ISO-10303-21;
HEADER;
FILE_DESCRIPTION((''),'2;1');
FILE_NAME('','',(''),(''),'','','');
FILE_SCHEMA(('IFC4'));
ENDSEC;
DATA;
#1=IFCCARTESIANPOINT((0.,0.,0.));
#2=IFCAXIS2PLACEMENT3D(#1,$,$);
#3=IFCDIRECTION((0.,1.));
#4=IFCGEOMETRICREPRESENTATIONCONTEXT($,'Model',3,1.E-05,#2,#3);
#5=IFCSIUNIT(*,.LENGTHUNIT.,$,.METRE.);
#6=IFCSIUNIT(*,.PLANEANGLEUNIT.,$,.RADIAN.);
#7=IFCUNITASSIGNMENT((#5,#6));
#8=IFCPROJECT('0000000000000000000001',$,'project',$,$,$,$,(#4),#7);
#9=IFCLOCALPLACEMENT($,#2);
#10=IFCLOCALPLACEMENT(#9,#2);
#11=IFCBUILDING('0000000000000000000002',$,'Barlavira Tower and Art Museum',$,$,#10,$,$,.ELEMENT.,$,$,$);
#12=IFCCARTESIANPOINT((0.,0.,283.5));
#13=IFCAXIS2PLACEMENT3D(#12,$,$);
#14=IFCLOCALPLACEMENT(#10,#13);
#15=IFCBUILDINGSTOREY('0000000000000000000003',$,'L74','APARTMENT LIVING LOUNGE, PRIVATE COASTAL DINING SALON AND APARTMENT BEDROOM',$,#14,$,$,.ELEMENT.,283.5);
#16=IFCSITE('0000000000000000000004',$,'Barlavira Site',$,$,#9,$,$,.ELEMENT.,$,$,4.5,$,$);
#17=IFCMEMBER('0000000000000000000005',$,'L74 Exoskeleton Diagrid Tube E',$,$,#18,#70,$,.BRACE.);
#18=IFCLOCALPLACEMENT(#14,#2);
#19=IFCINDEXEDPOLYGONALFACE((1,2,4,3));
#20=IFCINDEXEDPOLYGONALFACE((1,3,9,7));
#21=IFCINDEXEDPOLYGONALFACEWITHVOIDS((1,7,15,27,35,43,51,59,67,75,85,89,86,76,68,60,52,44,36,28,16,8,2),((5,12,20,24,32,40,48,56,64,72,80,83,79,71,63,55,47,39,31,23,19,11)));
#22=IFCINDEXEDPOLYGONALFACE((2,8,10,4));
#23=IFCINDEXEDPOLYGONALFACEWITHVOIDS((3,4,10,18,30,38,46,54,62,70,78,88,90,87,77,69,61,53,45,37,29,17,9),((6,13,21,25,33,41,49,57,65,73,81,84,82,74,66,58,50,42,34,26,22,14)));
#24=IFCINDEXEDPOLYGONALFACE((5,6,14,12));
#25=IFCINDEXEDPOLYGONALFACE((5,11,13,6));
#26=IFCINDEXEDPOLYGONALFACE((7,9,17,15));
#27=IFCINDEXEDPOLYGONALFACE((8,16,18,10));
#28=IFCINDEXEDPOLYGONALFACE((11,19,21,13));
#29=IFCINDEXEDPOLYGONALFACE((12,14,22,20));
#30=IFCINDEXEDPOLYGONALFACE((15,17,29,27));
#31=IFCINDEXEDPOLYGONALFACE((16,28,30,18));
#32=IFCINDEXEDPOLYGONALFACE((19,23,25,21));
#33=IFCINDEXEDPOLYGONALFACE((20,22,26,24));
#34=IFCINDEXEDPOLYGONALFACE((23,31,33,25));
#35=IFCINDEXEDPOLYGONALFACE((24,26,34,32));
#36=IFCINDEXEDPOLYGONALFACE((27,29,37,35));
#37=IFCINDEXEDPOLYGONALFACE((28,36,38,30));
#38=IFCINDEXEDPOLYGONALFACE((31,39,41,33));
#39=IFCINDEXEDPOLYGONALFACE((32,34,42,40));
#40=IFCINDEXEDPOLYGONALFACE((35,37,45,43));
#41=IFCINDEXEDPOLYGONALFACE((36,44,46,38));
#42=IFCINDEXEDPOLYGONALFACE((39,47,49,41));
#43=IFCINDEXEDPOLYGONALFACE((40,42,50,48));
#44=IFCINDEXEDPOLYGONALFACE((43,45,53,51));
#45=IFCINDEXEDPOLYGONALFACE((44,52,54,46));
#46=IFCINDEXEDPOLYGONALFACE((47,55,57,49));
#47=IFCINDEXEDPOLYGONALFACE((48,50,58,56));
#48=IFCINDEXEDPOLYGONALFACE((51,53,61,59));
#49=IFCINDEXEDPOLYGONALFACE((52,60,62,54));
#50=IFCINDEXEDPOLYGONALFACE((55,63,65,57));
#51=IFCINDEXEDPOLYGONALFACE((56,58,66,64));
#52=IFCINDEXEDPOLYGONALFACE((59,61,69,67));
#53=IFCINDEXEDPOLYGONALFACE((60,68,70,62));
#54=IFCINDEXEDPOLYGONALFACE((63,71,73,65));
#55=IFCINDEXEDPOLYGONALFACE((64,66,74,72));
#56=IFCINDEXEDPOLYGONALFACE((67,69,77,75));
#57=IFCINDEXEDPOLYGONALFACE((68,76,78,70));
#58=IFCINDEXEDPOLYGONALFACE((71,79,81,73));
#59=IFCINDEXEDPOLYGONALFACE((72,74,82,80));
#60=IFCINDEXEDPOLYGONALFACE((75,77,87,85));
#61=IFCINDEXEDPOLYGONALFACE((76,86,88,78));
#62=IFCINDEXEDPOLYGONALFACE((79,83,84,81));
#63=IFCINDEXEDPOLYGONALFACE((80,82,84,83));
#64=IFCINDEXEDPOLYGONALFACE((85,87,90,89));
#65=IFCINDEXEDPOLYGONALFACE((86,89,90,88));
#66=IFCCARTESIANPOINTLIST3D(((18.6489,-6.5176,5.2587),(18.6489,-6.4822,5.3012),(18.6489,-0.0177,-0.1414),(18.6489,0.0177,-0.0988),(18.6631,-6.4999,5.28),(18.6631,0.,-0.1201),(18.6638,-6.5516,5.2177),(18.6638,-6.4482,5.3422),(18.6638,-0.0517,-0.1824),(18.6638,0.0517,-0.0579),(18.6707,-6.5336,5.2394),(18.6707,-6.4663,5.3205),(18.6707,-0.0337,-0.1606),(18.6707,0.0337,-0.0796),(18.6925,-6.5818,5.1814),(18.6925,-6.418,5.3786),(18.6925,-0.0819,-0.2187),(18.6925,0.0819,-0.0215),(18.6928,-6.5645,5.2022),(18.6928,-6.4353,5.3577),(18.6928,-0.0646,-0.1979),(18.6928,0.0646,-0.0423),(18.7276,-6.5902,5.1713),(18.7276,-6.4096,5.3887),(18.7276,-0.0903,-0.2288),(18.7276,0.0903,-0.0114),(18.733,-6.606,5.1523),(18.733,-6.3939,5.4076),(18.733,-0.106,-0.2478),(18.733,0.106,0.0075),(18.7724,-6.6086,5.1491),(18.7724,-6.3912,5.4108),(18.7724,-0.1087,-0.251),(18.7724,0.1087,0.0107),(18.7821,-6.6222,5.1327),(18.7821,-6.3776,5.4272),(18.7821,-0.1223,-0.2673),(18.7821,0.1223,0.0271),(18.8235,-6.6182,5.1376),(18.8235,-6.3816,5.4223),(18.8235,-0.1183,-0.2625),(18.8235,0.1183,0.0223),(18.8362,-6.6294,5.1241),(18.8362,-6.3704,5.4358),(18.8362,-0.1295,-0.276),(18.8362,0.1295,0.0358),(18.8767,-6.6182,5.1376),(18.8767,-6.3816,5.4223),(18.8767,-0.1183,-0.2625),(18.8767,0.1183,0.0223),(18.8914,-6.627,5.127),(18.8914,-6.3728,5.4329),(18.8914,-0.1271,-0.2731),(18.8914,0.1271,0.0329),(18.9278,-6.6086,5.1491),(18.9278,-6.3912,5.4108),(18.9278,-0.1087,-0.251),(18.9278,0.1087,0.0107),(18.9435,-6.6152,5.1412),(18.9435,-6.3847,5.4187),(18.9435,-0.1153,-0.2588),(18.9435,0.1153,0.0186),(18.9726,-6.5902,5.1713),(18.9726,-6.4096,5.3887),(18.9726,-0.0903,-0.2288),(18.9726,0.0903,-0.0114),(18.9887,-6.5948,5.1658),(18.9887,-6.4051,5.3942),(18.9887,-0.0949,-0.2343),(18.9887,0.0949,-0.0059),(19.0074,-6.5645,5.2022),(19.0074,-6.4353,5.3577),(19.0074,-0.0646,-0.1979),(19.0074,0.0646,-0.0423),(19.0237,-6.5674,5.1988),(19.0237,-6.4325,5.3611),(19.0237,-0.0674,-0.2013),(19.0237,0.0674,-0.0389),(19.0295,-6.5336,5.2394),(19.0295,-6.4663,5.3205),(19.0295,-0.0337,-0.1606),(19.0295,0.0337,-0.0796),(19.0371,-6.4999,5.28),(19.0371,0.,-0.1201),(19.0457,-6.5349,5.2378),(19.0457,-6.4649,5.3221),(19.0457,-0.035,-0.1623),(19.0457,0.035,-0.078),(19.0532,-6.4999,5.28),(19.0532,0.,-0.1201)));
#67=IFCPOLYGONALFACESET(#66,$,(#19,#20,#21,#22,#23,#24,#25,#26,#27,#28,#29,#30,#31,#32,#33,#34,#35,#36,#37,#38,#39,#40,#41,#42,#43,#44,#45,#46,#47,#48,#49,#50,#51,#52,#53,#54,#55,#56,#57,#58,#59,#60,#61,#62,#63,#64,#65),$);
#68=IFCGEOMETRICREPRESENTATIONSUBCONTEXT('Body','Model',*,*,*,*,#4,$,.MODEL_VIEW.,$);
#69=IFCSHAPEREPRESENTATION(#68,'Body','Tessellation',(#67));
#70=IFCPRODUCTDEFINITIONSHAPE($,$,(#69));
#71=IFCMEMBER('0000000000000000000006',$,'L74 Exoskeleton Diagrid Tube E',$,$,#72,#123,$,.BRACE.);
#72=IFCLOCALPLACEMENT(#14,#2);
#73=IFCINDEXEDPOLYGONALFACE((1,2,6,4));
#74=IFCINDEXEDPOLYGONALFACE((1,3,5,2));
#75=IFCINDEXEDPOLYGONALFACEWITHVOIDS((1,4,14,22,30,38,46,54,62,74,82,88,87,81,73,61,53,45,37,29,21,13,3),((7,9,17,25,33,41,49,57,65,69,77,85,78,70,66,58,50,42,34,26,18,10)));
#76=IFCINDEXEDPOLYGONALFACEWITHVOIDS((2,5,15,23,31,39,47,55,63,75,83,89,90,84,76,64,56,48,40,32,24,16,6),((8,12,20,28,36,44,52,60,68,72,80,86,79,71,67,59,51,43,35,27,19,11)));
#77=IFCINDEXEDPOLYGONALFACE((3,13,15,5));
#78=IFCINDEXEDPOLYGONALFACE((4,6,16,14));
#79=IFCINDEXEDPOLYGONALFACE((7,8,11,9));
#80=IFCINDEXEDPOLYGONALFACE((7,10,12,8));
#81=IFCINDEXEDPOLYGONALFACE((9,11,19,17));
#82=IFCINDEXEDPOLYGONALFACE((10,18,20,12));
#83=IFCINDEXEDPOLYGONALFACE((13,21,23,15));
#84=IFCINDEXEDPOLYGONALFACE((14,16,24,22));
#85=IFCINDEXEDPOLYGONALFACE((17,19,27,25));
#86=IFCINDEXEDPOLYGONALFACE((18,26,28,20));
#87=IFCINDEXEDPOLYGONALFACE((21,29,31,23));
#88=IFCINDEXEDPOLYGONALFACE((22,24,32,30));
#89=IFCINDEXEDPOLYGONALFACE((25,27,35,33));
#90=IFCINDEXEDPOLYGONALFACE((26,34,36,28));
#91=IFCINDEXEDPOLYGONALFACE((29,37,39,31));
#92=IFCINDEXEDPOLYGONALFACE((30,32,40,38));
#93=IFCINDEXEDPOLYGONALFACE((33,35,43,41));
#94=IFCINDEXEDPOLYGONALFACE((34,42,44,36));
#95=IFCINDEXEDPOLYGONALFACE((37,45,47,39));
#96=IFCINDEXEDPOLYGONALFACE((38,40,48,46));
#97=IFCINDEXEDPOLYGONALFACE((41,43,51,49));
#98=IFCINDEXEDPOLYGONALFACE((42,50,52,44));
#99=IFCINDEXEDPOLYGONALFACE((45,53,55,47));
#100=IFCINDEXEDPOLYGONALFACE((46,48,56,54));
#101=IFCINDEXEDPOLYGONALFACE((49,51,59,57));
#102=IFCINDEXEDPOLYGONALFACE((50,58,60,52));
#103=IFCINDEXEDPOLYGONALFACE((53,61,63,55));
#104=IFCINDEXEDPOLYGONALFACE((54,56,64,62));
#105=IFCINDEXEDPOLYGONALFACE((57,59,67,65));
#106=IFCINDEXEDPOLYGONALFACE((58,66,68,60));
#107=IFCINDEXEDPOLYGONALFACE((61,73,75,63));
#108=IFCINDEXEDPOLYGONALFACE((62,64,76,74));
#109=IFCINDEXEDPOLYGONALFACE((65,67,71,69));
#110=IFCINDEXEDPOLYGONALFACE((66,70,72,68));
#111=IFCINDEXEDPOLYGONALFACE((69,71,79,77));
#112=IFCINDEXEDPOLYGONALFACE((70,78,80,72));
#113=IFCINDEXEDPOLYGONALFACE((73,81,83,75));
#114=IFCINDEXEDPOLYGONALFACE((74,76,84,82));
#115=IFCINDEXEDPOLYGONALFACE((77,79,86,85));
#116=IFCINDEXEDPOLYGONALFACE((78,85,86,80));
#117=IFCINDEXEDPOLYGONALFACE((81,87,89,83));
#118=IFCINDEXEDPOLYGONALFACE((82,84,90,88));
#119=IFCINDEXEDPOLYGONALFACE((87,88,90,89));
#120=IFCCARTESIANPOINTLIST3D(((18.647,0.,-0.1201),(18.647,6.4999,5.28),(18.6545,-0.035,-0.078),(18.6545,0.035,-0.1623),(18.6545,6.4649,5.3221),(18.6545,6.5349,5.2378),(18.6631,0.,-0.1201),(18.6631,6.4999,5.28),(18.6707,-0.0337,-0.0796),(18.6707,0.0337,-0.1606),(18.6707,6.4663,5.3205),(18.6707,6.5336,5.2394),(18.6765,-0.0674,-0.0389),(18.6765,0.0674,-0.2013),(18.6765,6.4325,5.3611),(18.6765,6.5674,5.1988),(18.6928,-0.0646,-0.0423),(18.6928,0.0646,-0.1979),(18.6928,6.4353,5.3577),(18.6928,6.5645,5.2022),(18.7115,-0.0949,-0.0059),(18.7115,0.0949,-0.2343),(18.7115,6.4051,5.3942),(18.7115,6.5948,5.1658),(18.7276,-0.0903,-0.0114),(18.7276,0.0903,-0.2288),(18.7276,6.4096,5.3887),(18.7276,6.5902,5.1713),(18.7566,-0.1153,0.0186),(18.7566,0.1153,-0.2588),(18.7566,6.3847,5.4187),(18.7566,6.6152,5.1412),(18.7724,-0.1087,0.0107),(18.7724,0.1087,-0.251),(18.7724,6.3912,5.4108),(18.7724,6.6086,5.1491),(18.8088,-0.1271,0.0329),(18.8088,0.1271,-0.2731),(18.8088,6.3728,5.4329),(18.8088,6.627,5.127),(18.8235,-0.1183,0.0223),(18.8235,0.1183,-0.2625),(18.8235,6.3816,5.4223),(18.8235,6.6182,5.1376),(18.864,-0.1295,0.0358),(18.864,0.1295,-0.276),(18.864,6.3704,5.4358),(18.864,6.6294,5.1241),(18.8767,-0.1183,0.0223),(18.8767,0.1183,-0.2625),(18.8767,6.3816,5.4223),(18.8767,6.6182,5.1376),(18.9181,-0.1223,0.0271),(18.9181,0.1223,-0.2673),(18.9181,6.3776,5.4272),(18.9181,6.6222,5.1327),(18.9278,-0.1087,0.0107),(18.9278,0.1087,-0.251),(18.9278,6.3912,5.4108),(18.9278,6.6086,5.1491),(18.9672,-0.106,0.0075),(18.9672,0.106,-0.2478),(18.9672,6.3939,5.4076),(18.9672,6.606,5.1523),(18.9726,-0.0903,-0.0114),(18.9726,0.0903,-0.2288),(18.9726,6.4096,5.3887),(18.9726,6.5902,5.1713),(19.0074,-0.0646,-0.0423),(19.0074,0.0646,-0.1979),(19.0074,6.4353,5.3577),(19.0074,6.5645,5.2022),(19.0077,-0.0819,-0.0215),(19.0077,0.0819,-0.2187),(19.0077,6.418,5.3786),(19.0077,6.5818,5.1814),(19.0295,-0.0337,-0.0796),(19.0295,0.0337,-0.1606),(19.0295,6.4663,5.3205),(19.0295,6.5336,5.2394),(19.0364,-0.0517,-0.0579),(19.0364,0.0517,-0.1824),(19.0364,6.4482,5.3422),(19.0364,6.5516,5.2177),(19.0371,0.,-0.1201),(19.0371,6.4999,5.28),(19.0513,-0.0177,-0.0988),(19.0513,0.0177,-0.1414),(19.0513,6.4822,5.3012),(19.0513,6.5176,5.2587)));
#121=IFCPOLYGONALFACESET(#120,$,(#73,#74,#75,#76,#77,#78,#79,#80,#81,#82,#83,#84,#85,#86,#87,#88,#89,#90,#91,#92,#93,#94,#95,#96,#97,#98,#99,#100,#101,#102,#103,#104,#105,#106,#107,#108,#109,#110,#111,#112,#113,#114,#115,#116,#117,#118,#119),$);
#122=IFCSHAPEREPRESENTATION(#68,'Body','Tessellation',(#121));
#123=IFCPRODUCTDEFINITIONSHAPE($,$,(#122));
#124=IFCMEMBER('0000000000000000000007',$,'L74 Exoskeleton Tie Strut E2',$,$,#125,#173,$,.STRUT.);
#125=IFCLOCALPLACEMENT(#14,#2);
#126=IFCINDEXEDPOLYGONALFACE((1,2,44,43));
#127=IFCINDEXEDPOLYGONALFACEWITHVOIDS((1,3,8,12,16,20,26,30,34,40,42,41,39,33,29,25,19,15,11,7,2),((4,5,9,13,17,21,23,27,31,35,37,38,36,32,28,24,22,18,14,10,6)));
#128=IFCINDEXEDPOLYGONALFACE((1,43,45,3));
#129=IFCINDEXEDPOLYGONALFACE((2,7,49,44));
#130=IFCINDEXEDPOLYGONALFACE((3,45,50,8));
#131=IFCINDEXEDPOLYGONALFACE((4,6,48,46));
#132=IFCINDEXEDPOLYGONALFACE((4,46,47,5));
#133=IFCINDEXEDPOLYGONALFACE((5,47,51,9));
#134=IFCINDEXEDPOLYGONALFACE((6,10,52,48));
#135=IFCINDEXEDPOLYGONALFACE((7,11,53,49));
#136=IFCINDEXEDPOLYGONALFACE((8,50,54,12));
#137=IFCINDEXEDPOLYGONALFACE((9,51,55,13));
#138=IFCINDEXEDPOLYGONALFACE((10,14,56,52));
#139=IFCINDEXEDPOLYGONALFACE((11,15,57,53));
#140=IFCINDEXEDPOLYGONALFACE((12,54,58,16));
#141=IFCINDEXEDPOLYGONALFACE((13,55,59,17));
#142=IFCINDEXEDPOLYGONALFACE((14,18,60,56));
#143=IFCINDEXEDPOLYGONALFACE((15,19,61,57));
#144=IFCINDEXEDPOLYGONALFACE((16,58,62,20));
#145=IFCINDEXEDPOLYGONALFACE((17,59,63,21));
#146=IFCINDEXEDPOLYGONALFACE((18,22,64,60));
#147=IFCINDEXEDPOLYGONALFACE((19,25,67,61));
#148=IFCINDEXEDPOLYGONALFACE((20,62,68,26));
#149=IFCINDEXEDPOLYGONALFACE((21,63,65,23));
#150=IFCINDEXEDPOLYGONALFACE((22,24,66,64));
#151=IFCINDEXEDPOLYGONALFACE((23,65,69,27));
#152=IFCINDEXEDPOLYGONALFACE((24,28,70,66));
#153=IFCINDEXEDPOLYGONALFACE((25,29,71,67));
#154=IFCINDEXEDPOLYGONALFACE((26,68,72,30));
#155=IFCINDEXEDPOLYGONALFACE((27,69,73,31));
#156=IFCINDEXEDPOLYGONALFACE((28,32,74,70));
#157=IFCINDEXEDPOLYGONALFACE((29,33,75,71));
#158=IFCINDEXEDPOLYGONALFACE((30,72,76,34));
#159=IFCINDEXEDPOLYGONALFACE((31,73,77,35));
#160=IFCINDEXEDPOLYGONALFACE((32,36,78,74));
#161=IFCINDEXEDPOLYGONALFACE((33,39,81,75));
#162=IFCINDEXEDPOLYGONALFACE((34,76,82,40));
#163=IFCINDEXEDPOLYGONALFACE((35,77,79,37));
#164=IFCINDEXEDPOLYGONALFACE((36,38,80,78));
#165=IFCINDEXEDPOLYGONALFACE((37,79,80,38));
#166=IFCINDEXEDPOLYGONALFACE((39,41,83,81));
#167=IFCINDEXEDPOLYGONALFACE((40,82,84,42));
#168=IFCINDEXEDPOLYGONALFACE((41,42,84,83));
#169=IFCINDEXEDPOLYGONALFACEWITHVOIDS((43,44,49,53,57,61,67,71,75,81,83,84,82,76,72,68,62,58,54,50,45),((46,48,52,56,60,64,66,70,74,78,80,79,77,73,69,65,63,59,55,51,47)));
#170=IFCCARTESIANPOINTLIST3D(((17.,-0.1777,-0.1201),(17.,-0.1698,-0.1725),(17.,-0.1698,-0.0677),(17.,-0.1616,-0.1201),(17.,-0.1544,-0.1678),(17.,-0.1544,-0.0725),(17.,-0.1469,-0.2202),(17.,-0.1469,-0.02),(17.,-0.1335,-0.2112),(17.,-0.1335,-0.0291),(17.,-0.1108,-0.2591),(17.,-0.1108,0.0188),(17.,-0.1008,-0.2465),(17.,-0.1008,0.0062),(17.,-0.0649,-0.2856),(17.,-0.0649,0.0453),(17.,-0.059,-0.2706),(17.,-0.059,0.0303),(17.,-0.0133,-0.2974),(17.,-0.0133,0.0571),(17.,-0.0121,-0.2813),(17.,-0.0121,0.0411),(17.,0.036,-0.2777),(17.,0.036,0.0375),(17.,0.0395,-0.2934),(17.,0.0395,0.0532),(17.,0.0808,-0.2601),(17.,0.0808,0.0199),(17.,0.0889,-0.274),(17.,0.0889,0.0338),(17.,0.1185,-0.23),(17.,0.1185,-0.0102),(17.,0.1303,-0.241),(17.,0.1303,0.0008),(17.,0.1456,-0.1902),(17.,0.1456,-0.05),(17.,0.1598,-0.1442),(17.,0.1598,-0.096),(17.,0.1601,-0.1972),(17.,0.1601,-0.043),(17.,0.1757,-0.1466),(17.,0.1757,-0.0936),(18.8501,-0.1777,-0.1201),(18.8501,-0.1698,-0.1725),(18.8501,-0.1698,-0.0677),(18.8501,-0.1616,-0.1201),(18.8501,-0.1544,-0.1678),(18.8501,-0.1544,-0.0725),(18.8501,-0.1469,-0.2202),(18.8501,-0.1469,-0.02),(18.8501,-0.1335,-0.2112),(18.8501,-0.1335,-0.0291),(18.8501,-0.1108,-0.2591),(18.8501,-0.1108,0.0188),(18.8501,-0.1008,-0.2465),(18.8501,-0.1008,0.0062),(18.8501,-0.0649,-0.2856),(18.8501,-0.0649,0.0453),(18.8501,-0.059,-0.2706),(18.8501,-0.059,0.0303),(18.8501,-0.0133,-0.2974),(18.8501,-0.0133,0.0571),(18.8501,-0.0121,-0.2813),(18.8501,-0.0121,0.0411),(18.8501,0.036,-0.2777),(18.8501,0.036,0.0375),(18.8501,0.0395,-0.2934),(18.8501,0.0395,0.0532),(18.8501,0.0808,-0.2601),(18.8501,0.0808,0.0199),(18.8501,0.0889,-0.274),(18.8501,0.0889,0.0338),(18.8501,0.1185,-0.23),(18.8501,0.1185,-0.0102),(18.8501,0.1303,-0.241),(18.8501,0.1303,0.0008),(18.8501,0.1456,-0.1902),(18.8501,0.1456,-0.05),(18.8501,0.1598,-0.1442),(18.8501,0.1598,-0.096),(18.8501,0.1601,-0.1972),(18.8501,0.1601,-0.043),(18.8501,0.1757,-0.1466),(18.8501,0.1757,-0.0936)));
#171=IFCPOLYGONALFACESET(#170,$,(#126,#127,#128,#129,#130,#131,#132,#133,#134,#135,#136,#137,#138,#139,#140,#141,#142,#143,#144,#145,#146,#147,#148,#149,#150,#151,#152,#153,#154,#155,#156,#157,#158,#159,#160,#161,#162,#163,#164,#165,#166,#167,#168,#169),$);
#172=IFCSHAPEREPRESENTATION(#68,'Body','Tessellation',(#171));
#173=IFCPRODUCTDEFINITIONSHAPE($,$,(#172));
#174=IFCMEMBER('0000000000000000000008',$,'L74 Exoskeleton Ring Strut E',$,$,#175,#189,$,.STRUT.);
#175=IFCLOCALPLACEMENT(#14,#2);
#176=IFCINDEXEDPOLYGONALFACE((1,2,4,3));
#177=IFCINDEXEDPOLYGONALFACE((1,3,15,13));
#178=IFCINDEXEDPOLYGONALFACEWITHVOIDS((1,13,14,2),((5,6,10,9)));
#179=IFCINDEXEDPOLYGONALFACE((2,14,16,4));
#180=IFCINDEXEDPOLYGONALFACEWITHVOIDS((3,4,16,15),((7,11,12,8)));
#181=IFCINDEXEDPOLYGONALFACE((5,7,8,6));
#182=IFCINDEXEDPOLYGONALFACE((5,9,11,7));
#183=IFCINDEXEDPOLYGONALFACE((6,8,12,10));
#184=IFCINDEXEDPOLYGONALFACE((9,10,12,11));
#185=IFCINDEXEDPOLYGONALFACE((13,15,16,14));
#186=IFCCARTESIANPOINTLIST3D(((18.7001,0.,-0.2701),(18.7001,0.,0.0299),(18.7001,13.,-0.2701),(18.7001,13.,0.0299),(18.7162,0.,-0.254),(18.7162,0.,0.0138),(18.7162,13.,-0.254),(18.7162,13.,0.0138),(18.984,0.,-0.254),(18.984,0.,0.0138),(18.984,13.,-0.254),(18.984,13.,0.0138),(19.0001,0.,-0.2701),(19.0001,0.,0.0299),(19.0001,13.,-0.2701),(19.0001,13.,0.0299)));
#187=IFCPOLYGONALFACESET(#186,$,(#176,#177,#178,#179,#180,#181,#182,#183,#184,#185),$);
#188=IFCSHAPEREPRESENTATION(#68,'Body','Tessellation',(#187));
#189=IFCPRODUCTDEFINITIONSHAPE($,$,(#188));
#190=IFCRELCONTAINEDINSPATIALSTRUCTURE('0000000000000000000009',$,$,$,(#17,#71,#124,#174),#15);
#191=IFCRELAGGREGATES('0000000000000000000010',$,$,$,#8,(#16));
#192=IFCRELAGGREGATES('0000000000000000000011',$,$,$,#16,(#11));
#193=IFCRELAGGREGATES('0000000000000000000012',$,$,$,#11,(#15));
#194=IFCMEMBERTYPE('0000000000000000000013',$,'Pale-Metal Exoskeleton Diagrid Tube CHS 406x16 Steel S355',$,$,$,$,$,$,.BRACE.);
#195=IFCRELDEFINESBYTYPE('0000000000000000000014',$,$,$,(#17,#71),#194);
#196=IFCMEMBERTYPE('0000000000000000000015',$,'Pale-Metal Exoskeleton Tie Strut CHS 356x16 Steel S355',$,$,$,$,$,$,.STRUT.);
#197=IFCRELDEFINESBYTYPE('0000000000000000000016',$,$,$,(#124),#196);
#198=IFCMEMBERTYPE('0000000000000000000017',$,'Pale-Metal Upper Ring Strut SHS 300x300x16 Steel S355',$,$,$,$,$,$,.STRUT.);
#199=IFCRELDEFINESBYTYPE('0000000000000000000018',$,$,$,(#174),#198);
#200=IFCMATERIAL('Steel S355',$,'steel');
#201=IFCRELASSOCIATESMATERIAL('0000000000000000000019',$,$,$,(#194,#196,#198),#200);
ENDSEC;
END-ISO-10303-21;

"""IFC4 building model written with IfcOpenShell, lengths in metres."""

from ifc_helpers import new_model, si_unit, direction, frame, origin, origin_2d, place, context, subcontext, project, spatial, hollow_rectangle, hollow_circle, extrude, material, material_profile, profile_set, type_object, element, save


model = new_model("IFC4")

# Units and contexts
model_context = context("Model", 3, precision=1e-05, world=origin(), true_north=direction((0.0, 1.0)))
body_context = subcontext(model_context, "Body", "Model", "MODEL_VIEW")
ifc_project = project(units=[si_unit("LENGTHUNIT", "METRE"), si_unit("PLANEANGLEUNIT", "RADIAN")], contexts=[model_context])

# Site, building, storey
site_placement = place(None, origin())
site = spatial("IfcSite", under=ifc_project, at=site_placement, Name="Barlavira Site", CompositionType="ELEMENT", RefElevation=4.5)
building_placement = place(site_placement, origin())
building = spatial("IfcBuilding", under=site, at=building_placement, Name="Barlavira Tower and Art Museum", CompositionType="ELEMENT")
storey_placement = place(building_placement, frame((0.0, 0.0, 283.5)))
storey = spatial("IfcBuildingStorey", under=building, at=storey_placement, Name="L74", Description="APARTMENT LIVING LOUNGE, PRIVATE COASTAL DINING SALON AND APARTMENT BEDROOM", CompositionType="ELEMENT", Elevation=283.5)

# Members
ifc_material_1 = material(Name="Steel S355", Category="steel")
ifc_material_profile_1 = material_profile(ifc_material_1, hollow_circle(Radius=0.2031, WallThickness=0.0161, at=origin_2d()), Name="CHS 406.4x16.0")
ifc_profile_set_1 = profile_set([ifc_material_profile_1], Name="Steel S355")
member_type_1 = type_object("IfcMemberType", Name="Pale-Metal Exoskeleton Diagrid Tube CHS 406x16 Steel S355", PredefinedType="BRACE", material=ifc_profile_set_1)
for number, where, z_axis, x_axis, name in (
    (1, (18.8501, 0.0, -0.1201), (0.0, -0.769182, 0.63903), (1.0, 0.0, 0.0), "L74 Exoskeleton Diagrid Tube E"),
    (2, (18.8501, 0.0, -0.1201), (0.0, 0.769182, 0.63903), (-1.0, 0.0, 0.0), "L74 Exoskeleton Diagrid Tube E"),
):
    element("IfcMember", number, at=place(storey_placement, frame(where, z_axis=z_axis, x_axis=x_axis)), inside=storey, type_object=member_type_1, Name=name, PredefinedType="BRACE", context=body_context, shape_type="SweptSolid", body=[
        extrude(hollow_circle(Radius=0.2031, WallThickness=0.0161, at=origin_2d()), origin(), (0.0, 0.0, 1.0), 8.4504),
    ])
ifc_material_profile_2 = material_profile(ifc_material_1, hollow_circle(Radius=0.1777, WallThickness=0.0161, at=origin_2d()), Name="CHS 355.6x16.0")
ifc_profile_set_2 = profile_set([ifc_material_profile_2], Name="Steel S355")
member_type_2 = type_object("IfcMemberType", Name="Pale-Metal Exoskeleton Tie Strut CHS 356x16 Steel S355", PredefinedType="STRUT", material=ifc_profile_set_2)
member_1_placement = place(storey_placement, frame((18.8501, 0.0, -0.1201), z_axis=(-1.0, 0.0, 0.0), x_axis=(0.0, -1.0, 0.0)))
element("IfcMember", 3, at=member_1_placement, inside=storey, type_object=member_type_2, Name="L74 Exoskeleton Tie Strut E2", PredefinedType="STRUT", context=body_context, shape_type="SweptSolid", body=[
    extrude(hollow_circle(Radius=0.1777, WallThickness=0.0161, at=origin_2d()), origin(), (0.0, 0.0, 1.0), 1.8501),
])
ifc_material_profile_3 = material_profile(ifc_material_1, hollow_rectangle(XDim=0.3, YDim=0.3, WallThickness=0.0161, at=origin_2d()), Name="SHS 300x300x16.0")
ifc_profile_set_3 = profile_set([ifc_material_profile_3], Name="Steel S355")
member_type_3 = type_object("IfcMemberType", Name="Pale-Metal Upper Ring Strut SHS 300x300x16 Steel S355", PredefinedType="STRUT", material=ifc_profile_set_3)
member_2_placement = place(storey_placement, frame((18.8501, 0.0, -0.1201), z_axis=(0.0, 1.0, 0.0), x_axis=(-1.0, 0.0, 0.0)))
element("IfcMember", 4, at=member_2_placement, inside=storey, type_object=member_type_3, Name="L74 Exoskeleton Ring Strut E", PredefinedType="STRUT", context=body_context, shape_type="SweptSolid", body=[
    extrude(hollow_rectangle(XDim=0.3, YDim=0.3, WallThickness=0.0161, at=origin_2d()), origin(), (0.0, 0.0, 1.0), 13.0),
])

save(model, "model.ifc")
